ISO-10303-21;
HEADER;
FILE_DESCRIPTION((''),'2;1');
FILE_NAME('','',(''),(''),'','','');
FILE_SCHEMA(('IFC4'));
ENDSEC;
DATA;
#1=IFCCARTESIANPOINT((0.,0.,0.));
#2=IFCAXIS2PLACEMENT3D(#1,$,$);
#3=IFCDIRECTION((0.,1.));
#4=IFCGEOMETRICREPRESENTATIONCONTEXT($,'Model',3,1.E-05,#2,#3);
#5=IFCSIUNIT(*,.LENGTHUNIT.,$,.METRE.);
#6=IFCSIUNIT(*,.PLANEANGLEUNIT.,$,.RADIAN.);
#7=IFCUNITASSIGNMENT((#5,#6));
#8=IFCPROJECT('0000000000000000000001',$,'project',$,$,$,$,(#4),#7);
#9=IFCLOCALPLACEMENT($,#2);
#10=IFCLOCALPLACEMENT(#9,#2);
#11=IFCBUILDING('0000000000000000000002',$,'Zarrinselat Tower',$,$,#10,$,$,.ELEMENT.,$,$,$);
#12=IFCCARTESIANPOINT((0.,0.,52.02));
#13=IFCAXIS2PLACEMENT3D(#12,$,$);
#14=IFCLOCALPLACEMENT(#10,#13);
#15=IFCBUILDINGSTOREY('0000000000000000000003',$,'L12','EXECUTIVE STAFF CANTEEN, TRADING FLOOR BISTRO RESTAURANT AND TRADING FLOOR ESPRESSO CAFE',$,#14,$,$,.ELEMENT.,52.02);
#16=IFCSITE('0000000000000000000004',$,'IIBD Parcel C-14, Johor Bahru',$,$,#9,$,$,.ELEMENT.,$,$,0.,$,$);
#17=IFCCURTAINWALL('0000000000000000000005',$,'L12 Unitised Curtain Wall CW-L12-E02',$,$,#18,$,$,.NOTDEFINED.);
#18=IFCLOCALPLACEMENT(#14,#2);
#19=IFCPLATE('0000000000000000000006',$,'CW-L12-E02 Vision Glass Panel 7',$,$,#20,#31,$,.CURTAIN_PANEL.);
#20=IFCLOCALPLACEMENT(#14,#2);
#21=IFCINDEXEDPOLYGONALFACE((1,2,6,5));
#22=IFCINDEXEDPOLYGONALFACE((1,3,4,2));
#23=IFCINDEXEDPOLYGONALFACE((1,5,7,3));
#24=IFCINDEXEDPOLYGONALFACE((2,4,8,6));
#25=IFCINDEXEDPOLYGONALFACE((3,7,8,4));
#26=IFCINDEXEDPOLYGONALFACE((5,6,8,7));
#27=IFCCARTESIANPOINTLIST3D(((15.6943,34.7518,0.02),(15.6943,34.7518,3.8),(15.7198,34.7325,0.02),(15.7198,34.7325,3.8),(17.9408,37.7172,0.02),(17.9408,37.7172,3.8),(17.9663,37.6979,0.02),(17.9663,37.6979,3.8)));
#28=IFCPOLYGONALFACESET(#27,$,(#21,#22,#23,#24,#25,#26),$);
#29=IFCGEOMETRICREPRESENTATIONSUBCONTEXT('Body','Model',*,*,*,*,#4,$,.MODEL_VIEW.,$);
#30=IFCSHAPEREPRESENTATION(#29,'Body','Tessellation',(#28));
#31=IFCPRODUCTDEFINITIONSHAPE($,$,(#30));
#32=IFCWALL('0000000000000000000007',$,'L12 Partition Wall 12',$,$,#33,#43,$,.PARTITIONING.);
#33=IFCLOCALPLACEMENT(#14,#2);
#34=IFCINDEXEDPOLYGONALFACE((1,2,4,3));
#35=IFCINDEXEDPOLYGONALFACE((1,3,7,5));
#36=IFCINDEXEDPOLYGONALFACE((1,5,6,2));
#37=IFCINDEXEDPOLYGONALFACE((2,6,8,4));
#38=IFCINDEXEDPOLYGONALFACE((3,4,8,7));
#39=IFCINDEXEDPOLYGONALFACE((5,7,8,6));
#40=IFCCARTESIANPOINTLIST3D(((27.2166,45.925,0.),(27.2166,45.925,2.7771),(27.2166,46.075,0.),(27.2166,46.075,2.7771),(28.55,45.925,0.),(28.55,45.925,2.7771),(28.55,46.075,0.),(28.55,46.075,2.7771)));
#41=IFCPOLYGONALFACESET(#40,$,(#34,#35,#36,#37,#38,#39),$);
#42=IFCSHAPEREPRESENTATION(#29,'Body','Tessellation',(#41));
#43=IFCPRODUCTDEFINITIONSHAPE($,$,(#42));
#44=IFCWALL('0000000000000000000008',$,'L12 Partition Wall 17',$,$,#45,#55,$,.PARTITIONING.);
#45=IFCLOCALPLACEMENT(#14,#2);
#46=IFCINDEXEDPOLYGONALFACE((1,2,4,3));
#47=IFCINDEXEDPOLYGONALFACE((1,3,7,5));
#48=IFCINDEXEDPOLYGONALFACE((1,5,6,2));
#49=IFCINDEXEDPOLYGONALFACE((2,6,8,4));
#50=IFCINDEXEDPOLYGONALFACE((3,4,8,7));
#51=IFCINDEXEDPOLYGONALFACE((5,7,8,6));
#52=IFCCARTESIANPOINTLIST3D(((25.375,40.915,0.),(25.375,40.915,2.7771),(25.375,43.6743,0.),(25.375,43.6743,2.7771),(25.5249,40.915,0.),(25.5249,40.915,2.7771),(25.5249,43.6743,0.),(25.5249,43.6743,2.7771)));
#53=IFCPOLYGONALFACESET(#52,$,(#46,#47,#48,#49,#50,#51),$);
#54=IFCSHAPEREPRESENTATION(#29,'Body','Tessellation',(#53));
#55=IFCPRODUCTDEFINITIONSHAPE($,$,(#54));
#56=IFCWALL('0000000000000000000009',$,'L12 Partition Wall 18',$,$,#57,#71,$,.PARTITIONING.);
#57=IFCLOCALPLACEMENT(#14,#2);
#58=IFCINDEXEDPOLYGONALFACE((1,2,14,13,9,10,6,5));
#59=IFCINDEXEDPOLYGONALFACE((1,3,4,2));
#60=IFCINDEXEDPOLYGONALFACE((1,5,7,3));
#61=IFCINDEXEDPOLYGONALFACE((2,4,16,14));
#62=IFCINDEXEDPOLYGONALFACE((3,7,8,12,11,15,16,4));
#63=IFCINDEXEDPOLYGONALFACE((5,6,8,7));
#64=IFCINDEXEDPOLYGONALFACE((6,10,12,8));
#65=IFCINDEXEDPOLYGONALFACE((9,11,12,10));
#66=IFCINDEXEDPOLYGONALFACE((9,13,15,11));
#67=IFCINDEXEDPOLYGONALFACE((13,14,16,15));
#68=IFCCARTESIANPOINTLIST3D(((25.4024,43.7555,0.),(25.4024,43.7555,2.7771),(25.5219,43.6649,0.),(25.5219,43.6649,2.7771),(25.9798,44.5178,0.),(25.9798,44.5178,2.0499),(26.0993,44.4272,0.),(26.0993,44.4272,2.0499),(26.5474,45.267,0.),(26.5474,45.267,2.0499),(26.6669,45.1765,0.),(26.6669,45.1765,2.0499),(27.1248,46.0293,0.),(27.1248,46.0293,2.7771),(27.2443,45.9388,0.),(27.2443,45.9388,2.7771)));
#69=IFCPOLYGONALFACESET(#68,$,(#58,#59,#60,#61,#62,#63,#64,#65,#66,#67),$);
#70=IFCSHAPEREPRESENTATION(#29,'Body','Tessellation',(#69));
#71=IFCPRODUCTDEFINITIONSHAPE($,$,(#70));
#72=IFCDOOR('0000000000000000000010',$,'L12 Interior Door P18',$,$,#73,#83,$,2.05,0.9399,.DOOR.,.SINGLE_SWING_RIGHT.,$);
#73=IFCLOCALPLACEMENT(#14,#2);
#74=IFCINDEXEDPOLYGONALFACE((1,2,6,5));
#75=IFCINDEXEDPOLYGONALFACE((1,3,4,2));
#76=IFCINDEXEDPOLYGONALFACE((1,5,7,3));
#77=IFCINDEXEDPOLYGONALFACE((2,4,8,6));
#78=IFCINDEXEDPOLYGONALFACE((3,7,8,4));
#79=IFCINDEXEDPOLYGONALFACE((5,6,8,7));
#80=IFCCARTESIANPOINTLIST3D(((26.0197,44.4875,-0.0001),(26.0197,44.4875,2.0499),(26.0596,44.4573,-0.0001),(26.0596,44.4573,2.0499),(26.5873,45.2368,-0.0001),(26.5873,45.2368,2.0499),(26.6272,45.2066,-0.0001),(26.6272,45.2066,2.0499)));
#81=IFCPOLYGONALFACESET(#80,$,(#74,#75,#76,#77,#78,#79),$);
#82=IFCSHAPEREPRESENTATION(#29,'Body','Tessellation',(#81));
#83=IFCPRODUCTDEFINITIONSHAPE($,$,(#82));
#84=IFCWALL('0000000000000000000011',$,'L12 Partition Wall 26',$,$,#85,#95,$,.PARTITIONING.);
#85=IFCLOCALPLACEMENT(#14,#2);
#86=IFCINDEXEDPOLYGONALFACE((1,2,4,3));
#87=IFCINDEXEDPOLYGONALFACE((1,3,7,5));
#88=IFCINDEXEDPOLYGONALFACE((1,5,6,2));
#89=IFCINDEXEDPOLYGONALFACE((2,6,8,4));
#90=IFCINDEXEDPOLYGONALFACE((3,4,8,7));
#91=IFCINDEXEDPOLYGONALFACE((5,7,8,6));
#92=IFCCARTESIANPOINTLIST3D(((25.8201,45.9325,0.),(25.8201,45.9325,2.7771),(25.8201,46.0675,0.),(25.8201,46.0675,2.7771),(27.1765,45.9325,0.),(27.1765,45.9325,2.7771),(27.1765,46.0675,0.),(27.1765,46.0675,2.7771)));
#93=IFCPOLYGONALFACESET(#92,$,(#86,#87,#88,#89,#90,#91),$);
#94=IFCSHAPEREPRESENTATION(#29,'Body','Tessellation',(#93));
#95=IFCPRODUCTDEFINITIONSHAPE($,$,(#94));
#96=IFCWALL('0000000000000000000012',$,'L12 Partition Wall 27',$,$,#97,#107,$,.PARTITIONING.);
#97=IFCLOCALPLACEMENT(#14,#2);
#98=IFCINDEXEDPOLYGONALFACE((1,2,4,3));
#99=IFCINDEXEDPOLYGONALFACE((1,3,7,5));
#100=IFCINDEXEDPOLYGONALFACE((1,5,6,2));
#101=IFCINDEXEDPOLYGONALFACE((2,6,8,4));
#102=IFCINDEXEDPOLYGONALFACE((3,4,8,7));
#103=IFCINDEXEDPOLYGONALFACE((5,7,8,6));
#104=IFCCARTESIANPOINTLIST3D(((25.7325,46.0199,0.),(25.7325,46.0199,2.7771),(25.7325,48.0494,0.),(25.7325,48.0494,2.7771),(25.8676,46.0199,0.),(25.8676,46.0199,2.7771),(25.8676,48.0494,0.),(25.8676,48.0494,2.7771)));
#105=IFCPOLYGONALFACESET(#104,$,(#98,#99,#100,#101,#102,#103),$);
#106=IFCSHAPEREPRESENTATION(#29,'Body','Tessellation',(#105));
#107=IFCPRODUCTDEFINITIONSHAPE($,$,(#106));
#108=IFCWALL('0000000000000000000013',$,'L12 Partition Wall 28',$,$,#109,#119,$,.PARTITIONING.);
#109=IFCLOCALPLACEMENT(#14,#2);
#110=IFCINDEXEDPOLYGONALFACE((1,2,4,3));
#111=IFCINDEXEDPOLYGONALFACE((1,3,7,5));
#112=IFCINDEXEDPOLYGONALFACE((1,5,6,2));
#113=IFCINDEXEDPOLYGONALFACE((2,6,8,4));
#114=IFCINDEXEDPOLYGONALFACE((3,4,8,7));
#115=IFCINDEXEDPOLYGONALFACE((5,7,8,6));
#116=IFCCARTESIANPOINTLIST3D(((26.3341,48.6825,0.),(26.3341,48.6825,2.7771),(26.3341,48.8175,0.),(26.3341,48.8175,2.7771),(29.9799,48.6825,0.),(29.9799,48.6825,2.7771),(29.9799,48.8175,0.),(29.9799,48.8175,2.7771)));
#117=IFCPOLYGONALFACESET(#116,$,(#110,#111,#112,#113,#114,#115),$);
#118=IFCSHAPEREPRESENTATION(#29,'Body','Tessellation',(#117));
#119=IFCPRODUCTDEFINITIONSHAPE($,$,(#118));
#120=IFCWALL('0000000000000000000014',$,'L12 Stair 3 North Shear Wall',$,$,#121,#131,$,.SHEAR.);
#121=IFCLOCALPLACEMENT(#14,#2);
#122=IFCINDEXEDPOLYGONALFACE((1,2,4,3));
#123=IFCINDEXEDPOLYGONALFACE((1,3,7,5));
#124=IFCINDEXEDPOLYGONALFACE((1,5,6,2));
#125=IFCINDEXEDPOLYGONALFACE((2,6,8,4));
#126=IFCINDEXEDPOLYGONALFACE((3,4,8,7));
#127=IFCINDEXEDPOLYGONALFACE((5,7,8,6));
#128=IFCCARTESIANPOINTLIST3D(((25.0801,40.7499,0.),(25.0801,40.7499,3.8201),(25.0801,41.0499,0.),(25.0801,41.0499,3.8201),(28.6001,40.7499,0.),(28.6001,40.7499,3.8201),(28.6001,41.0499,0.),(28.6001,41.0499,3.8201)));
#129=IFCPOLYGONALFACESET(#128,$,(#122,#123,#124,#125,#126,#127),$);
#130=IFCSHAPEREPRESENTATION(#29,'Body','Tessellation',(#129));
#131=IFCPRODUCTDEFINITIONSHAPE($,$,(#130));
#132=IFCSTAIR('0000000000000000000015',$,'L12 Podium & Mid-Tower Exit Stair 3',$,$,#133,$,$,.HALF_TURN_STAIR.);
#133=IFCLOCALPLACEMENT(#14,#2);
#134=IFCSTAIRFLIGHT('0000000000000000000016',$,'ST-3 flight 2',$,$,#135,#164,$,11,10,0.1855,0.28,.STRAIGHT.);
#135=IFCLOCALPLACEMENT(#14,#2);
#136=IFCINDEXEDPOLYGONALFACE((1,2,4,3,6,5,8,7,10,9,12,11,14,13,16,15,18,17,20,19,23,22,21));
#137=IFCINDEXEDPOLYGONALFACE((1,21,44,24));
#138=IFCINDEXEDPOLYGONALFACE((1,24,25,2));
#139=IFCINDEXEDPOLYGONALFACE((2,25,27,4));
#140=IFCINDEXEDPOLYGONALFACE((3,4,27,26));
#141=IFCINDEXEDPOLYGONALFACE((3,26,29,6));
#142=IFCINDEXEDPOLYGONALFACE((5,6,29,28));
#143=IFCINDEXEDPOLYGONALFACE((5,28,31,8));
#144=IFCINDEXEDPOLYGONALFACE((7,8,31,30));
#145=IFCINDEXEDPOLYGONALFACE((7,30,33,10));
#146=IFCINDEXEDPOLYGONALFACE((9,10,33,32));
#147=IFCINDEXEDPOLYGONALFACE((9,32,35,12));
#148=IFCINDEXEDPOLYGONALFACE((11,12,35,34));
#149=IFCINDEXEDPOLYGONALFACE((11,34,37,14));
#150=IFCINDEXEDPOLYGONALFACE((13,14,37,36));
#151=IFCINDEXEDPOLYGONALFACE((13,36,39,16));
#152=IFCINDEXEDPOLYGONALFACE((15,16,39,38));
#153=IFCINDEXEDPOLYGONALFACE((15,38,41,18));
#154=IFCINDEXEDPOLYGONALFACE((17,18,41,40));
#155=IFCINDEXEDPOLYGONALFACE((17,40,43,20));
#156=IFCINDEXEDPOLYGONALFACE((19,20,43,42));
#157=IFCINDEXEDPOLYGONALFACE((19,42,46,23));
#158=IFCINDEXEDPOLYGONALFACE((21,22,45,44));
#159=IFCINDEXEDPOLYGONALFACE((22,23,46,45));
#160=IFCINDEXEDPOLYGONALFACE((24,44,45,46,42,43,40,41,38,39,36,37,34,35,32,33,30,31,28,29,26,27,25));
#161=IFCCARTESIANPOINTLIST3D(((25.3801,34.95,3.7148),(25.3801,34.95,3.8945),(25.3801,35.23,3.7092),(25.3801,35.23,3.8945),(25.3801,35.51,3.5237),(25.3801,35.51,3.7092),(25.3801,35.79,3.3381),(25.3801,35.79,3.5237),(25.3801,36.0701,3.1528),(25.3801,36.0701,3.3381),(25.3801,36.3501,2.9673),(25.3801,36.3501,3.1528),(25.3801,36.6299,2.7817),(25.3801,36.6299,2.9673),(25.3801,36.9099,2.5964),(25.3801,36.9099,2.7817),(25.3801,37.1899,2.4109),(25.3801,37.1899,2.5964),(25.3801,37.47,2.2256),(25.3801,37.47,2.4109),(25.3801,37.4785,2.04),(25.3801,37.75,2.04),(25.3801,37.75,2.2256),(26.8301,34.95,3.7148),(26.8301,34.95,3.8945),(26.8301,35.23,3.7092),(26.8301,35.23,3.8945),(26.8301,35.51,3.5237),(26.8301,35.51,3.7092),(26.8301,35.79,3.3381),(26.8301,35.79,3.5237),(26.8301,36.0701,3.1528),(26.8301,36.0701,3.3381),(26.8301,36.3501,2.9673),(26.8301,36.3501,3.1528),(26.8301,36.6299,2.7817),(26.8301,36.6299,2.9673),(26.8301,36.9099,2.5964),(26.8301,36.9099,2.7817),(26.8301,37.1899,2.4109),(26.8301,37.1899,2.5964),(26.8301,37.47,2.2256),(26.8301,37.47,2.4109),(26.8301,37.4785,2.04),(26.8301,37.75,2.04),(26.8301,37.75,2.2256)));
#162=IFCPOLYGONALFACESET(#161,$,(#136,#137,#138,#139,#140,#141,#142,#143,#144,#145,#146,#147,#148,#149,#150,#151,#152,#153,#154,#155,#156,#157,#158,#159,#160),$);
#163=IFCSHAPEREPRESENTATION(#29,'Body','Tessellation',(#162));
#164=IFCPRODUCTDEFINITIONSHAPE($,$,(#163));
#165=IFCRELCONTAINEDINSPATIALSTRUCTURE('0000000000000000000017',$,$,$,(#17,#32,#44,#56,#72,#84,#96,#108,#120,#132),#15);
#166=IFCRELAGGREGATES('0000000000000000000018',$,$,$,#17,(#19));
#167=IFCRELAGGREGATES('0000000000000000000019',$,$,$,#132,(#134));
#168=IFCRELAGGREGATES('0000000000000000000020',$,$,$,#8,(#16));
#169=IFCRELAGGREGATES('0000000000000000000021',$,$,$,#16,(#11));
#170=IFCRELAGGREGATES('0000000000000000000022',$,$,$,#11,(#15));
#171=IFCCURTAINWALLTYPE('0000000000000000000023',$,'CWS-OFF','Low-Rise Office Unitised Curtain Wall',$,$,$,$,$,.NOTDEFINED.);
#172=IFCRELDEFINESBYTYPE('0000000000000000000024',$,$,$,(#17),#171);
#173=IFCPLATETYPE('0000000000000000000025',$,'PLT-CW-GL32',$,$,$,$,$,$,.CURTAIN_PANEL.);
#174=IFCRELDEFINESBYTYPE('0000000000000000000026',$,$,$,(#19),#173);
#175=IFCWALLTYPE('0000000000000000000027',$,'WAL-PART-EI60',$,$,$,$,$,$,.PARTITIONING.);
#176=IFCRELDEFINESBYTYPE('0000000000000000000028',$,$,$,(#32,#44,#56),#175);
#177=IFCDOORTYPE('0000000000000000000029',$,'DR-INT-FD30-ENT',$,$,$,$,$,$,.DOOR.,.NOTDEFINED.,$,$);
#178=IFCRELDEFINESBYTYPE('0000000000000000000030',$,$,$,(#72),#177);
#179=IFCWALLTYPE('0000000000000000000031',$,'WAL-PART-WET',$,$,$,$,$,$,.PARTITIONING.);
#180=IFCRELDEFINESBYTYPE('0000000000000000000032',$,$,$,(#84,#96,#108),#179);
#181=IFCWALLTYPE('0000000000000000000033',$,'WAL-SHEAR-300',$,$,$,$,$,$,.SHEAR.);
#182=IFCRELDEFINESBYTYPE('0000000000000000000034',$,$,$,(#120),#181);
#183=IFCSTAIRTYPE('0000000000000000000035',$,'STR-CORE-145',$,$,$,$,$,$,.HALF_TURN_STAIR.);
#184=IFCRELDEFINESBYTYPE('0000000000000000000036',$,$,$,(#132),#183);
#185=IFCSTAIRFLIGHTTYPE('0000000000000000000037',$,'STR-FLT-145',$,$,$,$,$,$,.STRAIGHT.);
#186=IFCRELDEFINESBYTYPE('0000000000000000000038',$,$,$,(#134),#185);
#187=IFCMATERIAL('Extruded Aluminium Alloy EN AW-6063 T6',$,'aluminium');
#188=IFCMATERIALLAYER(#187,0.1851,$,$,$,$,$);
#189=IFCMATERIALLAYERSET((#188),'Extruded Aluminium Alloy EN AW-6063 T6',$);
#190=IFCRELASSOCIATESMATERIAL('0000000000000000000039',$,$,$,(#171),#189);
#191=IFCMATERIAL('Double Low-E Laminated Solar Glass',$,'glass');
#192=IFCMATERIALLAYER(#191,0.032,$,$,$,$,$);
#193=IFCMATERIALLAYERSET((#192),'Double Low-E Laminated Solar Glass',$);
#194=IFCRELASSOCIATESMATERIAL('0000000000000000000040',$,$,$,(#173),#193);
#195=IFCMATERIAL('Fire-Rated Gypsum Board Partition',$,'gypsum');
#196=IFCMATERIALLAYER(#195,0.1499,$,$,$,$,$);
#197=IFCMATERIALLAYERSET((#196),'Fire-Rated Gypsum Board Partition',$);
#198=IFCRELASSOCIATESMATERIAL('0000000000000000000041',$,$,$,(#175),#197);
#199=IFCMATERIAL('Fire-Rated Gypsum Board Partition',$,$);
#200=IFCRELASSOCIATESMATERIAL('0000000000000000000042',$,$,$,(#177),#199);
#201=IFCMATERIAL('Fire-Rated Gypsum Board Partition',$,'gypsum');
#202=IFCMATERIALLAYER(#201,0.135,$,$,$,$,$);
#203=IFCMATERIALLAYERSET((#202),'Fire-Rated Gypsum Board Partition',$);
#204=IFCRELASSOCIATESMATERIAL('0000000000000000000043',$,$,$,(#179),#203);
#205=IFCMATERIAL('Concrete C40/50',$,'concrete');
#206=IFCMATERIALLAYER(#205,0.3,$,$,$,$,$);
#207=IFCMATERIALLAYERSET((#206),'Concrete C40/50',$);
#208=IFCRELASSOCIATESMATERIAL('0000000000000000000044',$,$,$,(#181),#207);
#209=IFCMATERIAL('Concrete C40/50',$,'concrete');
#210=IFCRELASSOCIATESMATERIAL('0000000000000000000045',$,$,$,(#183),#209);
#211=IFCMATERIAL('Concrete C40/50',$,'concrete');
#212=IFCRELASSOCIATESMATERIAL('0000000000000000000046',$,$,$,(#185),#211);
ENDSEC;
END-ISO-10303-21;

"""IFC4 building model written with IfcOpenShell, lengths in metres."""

from ifc_helpers import new_model, si_unit, direction, frame, frame_2d, origin, origin_2d, place, context, subcontext, project, spatial, polyline, rectangle, outline, extrude, material, layer, layer_set, type_object, element, fill, aggregate, save


model = new_model("IFC4")

# Units and contexts
model_context = context("Model", 3, precision=1e-05, world=origin(), true_north=direction((0.0, 1.0)))
body_context = subcontext(model_context, "Body", "Model", "MODEL_VIEW")
ifc_project = project(units=[si_unit("LENGTHUNIT", "METRE"), si_unit("PLANEANGLEUNIT", "RADIAN")], contexts=[model_context])

# Site, building, storey
site_placement = place(None, origin())
site = spatial("IfcSite", under=ifc_project, at=site_placement, Name="IIBD Parcel C-14, Johor Bahru", CompositionType="ELEMENT", RefElevation=0.0)
building_placement = place(site_placement, origin())
building = spatial("IfcBuilding", under=site, at=building_placement, Name="Zarrinselat Tower", CompositionType="ELEMENT")
storey_placement = place(building_placement, frame((0.0, 0.0, 52.02)))
storey = spatial("IfcBuildingStorey", under=building, at=storey_placement, Name="L12", Description="EXECUTIVE STAFF CANTEEN, TRADING FLOOR BISTRO RESTAURANT AND TRADING FLOOR ESPRESSO CAFE", CompositionType="ELEMENT", Elevation=52.02)

# Shared definitions
ifc_material_1 = material(Name="Extruded Aluminium Alloy EN AW-6063 T6", Category="aluminium")
ifc_layer_1 = layer(ifc_material_1, 0.1851)
ifc_layer_set_1 = layer_set([ifc_layer_1], Name="Extruded Aluminium Alloy EN AW-6063 T6")
curtain_wall_type = type_object("IfcCurtainWallType", Name="CWS-OFF", Description="Low-Rise Office Unitised Curtain Wall", PredefinedType="NOTDEFINED", material=ifc_layer_set_1)

# Curtain wall, plate
curtain_wall_1_placement = place(storey_placement, origin())
curtain_wall_1 = element("IfcCurtainWall", 1, at=curtain_wall_1_placement, inside=storey, type_object=curtain_wall_type, Name="L12 Unitised Curtain Wall CW-L12-E02", PredefinedType="NOTDEFINED")
ifc_material_2 = material(Name="Double Low-E Laminated Solar Glass", Category="glass")
ifc_layer_2 = layer(ifc_material_2, 0.032)
ifc_layer_set_2 = layer_set([ifc_layer_2], Name="Double Low-E Laminated Solar Glass")
plate_type = type_object("IfcPlateType", Name="PLT-CW-GL32", PredefinedType="CURTAIN_PANEL", material=ifc_layer_set_2)
plate_1_placement = place(storey_placement, frame((16.8303, 36.2249, 0.02), z_axis=(0.0, 0.0, 1.0), x_axis=(-0.60386, -0.797091, 0.0)))
plate_1 = element("IfcPlate", 2, at=plate_1_placement, type_object=plate_type, Name="CW-L12-E02 Vision Glass Panel 7", PredefinedType="CURTAIN_PANEL", context=body_context, shape_type="SweptSolid", body=[
    extrude(rectangle(XDim=3.7202, YDim=0.032, at=origin_2d()), origin(), (0.0, 0.0, 1.0), 3.78),
])
aggregate(curtain_wall_1, [plate_1])

# Walls
ifc_material_3 = material(Name="Fire-Rated Gypsum Board Partition", Category="gypsum")
ifc_layer_3 = layer(ifc_material_3, 0.1499)
ifc_layer_set_3 = layer_set([ifc_layer_3], Name="Fire-Rated Gypsum Board Partition")
wall_type_1 = type_object("IfcWallType", Name="WAL-PART-EI60", PredefinedType="PARTITIONING", material=ifc_layer_set_3)
wall_1_placement = place(storey_placement, frame((27.2166, 46.0, 0.0), z_axis=(0.0, 0.0, 1.0), x_axis=(1.0, 0.0, 0.0)))
element("IfcWall", 3, at=wall_1_placement, inside=storey, type_object=wall_type_1, Name="L12 Partition Wall 12", PredefinedType="PARTITIONING", context=body_context, shape_type="SweptSolid", body=[
    extrude(rectangle(XDim=1.3335, YDim=0.1499, at=frame_2d((0.6667, 0.0))), origin(), (0.0, 0.0, 1.0), 2.7771),
])
wall_2_placement = place(storey_placement, frame((25.45, 40.915, 0.0), z_axis=(0.0, 0.0, 1.0), x_axis=(0.0, 1.0, 0.0)))
element("IfcWall", 4, at=wall_2_placement, inside=storey, type_object=wall_type_1, Name="L12 Partition Wall 17", PredefinedType="PARTITIONING", context=body_context, shape_type="SweptSolid", body=[
    extrude(rectangle(XDim=2.7593, YDim=0.1499, at=frame_2d((1.3796, 0.0))), origin(), (0.0, 0.0, 1.0), 2.7771),
])

# Wall, opening, door
wall_3_placement = place(storey_placement, frame((25.4622, 43.7102, 0.0), z_axis=(0.0, 0.0, 1.0), x_axis=(0.6038, 0.797136, 0.0)))
wall_3 = element("IfcWall", 5, at=wall_3_placement, inside=storey, type_object=wall_type_1, Name="L12 Partition Wall 18", PredefinedType="PARTITIONING", context=body_context, shape_type="SweptSolid", body=[
    extrude(rectangle(XDim=2.8525, YDim=0.1499, at=frame_2d((1.4263, 0.0))), origin(), (0.0, 0.0, 1.0), 2.7771),
])
opening_placement = place(wall_3_placement, frame((0.9563, 0.0, 0.0)))
opening = element("IfcOpeningElement", 6, at=opening_placement, cuts=wall_3, PredefinedType="OPENING", context=body_context, shape_type="SweptSolid", body=[
    extrude(rectangle(XDim=0.9399, YDim=2.05, at=frame_2d((0.47, 1.0249))), frame((0.0, 0.085, 0.0), z_axis=(0.0, -1.0, 0.0), x_axis=(1.0, 0.0, 0.0)), (0.0, 0.0, 1.0), 0.1699),
])
ifc_material_4 = material(Name="Fire-Rated Gypsum Board Partition")
door_type = type_object("IfcDoorType", Name="DR-INT-FD30-ENT", OperationType="NOTDEFINED", PredefinedType="DOOR", material=ifc_material_4)
door_placement = place(opening_placement, origin())
door = element("IfcDoor", 7, at=door_placement, inside=storey, type_object=door_type, Name="L12 Interior Door P18", OperationType="SINGLE_SWING_RIGHT", OverallHeight=2.05, OverallWidth=0.9399, PredefinedType="DOOR", context=body_context, shape_type="SweptSolid", body=[
    extrude(rectangle(XDim=0.9399, YDim=2.05, at=frame_2d((0.47, 1.0249))), frame((0.0, 0.0249, 0.0), z_axis=(0.0, -1.0, 0.0), x_axis=(1.0, 0.0, 0.0)), (0.0, 0.0, 1.0), 0.05),
])
fill(opening, door)

# Walls
ifc_material_5 = material(Name="Fire-Rated Gypsum Board Partition", Category="gypsum")
ifc_layer_4 = layer(ifc_material_5, 0.135)
ifc_layer_set_4 = layer_set([ifc_layer_4], Name="Fire-Rated Gypsum Board Partition")
wall_type_2 = type_object("IfcWallType", Name="WAL-PART-WET", PredefinedType="PARTITIONING", material=ifc_layer_set_4)
wall_4_placement = place(storey_placement, frame((25.8201, 46.0, 0.0), z_axis=(0.0, 0.0, 1.0), x_axis=(1.0, 0.0, 0.0)))
element("IfcWall", 8, at=wall_4_placement, inside=storey, type_object=wall_type_2, Name="L12 Partition Wall 26", PredefinedType="PARTITIONING", context=body_context, shape_type="SweptSolid", body=[
    extrude(rectangle(XDim=1.3564, YDim=0.135, at=frame_2d((0.6782, 0.0))), origin(), (0.0, 0.0, 1.0), 2.7771),
])
wall_5_placement = place(storey_placement, frame((25.8, 46.02, 0.0), z_axis=(0.0, 0.0, 1.0), x_axis=(0.0, 1.0, 0.0)))
element("IfcWall", 9, at=wall_5_placement, inside=storey, type_object=wall_type_2, Name="L12 Partition Wall 27", PredefinedType="PARTITIONING", context=body_context, shape_type="SweptSolid", body=[
    extrude(rectangle(XDim=2.0295, YDim=0.135, at=frame_2d((1.0146, 0.0))), origin(), (0.0, 0.0, 1.0), 2.7771),
])
wall_6_placement = place(storey_placement, frame((26.3342, 48.75, 0.0), z_axis=(0.0, 0.0, 1.0), x_axis=(1.0, 0.0, 0.0)))
element("IfcWall", 10, at=wall_6_placement, inside=storey, type_object=wall_type_2, Name="L12 Partition Wall 28", PredefinedType="PARTITIONING", context=body_context, shape_type="SweptSolid", body=[
    extrude(rectangle(XDim=3.6458, YDim=0.135, at=frame_2d((1.8228, 0.0))), origin(), (0.0, 0.0, 1.0), 2.7771),
])
ifc_material_6 = material(Name="Concrete C40/50", Category="concrete")
ifc_layer_5 = layer(ifc_material_6, 0.3)
ifc_layer_set_5 = layer_set([ifc_layer_5], Name="Concrete C40/50")
wall_type_3 = type_object("IfcWallType", Name="WAL-SHEAR-300", PredefinedType="SHEAR", material=ifc_layer_set_5)
wall_7_placement = place(storey_placement, frame((25.0801, 40.8999, 0.0), z_axis=(0.0, 0.0, 1.0), x_axis=(1.0, 0.0, 0.0)))
element("IfcWall", 11, at=wall_7_placement, inside=storey, type_object=wall_type_3, Name="L12 Stair 3 North Shear Wall", PredefinedType="SHEAR", context=body_context, shape_type="SweptSolid", body=[
    extrude(rectangle(XDim=3.52, YDim=0.3, at=frame_2d((1.76, 0.0))), origin(), (0.0, 0.0, 1.0), 3.8201),
])

# Stair, stair flight
ifc_material_7 = material(Name="Concrete C40/50", Category="concrete")
stair_type = type_object("IfcStairType", Name="STR-CORE-145", PredefinedType="HALF_TURN_STAIR", material=ifc_material_7)
stair_placement = place(storey_placement, origin())
stair = element("IfcStair", 12, at=stair_placement, inside=storey, type_object=stair_type, Name="L12 Podium & Mid-Tower Exit Stair 3", PredefinedType="HALF_TURN_STAIR")
ifc_material_8 = material(Name="Concrete C40/50", Category="concrete")
stair_flight_type = type_object("IfcStairFlightType", Name="STR-FLT-145", PredefinedType="STRAIGHT", material=ifc_material_8)
stair_flight_placement = place(storey_placement, frame((26.105, 37.75, 2.04), z_axis=(0.0, 0.0, 1.0), x_axis=(0.0, -1.0, 0.0)))
stair_flight = element("IfcStairFlight", 13, at=stair_flight_placement, type_object=stair_flight_type, Name="ST-3 flight 2", NumberOfRisers=11, NumberOfTreads=10, PredefinedType="STRAIGHT", RiserHeight=0.1855, TreadLength=0.28, context=body_context, shape_type="SweptSolid", body=[
    extrude(outline(polyline([(0.0, 0.0), (0.0, 0.1855), (0.28, 0.1855), (0.28, 0.3708), (0.5601, 0.3708), (0.5601, 0.5564), (0.8401, 0.5564), (0.8401, 0.7417), (1.1201, 0.7417), (1.1201, 0.9272), (1.3999, 0.9272), (1.3999, 1.1128), (1.6799, 1.1128), (1.6799, 1.2981), (1.96, 1.2981), (1.96, 1.4836), (2.24, 1.4836), (2.24, 1.6692), (2.52, 1.6692), (2.52, 1.8545), (2.8, 1.8545), (2.8, 2.04), (2.8, 1.6748), (0.2715, 0.0), (0.0, 0.0)])), frame((0.0, 0.7251, 0.0), z_axis=(0.0, -1.0, 0.0), x_axis=(1.0, 0.0, 0.0)), (0.0, 0.0, 1.0), 1.45),
])
aggregate(stair, [stair_flight])

save(model, "model.ifc")
